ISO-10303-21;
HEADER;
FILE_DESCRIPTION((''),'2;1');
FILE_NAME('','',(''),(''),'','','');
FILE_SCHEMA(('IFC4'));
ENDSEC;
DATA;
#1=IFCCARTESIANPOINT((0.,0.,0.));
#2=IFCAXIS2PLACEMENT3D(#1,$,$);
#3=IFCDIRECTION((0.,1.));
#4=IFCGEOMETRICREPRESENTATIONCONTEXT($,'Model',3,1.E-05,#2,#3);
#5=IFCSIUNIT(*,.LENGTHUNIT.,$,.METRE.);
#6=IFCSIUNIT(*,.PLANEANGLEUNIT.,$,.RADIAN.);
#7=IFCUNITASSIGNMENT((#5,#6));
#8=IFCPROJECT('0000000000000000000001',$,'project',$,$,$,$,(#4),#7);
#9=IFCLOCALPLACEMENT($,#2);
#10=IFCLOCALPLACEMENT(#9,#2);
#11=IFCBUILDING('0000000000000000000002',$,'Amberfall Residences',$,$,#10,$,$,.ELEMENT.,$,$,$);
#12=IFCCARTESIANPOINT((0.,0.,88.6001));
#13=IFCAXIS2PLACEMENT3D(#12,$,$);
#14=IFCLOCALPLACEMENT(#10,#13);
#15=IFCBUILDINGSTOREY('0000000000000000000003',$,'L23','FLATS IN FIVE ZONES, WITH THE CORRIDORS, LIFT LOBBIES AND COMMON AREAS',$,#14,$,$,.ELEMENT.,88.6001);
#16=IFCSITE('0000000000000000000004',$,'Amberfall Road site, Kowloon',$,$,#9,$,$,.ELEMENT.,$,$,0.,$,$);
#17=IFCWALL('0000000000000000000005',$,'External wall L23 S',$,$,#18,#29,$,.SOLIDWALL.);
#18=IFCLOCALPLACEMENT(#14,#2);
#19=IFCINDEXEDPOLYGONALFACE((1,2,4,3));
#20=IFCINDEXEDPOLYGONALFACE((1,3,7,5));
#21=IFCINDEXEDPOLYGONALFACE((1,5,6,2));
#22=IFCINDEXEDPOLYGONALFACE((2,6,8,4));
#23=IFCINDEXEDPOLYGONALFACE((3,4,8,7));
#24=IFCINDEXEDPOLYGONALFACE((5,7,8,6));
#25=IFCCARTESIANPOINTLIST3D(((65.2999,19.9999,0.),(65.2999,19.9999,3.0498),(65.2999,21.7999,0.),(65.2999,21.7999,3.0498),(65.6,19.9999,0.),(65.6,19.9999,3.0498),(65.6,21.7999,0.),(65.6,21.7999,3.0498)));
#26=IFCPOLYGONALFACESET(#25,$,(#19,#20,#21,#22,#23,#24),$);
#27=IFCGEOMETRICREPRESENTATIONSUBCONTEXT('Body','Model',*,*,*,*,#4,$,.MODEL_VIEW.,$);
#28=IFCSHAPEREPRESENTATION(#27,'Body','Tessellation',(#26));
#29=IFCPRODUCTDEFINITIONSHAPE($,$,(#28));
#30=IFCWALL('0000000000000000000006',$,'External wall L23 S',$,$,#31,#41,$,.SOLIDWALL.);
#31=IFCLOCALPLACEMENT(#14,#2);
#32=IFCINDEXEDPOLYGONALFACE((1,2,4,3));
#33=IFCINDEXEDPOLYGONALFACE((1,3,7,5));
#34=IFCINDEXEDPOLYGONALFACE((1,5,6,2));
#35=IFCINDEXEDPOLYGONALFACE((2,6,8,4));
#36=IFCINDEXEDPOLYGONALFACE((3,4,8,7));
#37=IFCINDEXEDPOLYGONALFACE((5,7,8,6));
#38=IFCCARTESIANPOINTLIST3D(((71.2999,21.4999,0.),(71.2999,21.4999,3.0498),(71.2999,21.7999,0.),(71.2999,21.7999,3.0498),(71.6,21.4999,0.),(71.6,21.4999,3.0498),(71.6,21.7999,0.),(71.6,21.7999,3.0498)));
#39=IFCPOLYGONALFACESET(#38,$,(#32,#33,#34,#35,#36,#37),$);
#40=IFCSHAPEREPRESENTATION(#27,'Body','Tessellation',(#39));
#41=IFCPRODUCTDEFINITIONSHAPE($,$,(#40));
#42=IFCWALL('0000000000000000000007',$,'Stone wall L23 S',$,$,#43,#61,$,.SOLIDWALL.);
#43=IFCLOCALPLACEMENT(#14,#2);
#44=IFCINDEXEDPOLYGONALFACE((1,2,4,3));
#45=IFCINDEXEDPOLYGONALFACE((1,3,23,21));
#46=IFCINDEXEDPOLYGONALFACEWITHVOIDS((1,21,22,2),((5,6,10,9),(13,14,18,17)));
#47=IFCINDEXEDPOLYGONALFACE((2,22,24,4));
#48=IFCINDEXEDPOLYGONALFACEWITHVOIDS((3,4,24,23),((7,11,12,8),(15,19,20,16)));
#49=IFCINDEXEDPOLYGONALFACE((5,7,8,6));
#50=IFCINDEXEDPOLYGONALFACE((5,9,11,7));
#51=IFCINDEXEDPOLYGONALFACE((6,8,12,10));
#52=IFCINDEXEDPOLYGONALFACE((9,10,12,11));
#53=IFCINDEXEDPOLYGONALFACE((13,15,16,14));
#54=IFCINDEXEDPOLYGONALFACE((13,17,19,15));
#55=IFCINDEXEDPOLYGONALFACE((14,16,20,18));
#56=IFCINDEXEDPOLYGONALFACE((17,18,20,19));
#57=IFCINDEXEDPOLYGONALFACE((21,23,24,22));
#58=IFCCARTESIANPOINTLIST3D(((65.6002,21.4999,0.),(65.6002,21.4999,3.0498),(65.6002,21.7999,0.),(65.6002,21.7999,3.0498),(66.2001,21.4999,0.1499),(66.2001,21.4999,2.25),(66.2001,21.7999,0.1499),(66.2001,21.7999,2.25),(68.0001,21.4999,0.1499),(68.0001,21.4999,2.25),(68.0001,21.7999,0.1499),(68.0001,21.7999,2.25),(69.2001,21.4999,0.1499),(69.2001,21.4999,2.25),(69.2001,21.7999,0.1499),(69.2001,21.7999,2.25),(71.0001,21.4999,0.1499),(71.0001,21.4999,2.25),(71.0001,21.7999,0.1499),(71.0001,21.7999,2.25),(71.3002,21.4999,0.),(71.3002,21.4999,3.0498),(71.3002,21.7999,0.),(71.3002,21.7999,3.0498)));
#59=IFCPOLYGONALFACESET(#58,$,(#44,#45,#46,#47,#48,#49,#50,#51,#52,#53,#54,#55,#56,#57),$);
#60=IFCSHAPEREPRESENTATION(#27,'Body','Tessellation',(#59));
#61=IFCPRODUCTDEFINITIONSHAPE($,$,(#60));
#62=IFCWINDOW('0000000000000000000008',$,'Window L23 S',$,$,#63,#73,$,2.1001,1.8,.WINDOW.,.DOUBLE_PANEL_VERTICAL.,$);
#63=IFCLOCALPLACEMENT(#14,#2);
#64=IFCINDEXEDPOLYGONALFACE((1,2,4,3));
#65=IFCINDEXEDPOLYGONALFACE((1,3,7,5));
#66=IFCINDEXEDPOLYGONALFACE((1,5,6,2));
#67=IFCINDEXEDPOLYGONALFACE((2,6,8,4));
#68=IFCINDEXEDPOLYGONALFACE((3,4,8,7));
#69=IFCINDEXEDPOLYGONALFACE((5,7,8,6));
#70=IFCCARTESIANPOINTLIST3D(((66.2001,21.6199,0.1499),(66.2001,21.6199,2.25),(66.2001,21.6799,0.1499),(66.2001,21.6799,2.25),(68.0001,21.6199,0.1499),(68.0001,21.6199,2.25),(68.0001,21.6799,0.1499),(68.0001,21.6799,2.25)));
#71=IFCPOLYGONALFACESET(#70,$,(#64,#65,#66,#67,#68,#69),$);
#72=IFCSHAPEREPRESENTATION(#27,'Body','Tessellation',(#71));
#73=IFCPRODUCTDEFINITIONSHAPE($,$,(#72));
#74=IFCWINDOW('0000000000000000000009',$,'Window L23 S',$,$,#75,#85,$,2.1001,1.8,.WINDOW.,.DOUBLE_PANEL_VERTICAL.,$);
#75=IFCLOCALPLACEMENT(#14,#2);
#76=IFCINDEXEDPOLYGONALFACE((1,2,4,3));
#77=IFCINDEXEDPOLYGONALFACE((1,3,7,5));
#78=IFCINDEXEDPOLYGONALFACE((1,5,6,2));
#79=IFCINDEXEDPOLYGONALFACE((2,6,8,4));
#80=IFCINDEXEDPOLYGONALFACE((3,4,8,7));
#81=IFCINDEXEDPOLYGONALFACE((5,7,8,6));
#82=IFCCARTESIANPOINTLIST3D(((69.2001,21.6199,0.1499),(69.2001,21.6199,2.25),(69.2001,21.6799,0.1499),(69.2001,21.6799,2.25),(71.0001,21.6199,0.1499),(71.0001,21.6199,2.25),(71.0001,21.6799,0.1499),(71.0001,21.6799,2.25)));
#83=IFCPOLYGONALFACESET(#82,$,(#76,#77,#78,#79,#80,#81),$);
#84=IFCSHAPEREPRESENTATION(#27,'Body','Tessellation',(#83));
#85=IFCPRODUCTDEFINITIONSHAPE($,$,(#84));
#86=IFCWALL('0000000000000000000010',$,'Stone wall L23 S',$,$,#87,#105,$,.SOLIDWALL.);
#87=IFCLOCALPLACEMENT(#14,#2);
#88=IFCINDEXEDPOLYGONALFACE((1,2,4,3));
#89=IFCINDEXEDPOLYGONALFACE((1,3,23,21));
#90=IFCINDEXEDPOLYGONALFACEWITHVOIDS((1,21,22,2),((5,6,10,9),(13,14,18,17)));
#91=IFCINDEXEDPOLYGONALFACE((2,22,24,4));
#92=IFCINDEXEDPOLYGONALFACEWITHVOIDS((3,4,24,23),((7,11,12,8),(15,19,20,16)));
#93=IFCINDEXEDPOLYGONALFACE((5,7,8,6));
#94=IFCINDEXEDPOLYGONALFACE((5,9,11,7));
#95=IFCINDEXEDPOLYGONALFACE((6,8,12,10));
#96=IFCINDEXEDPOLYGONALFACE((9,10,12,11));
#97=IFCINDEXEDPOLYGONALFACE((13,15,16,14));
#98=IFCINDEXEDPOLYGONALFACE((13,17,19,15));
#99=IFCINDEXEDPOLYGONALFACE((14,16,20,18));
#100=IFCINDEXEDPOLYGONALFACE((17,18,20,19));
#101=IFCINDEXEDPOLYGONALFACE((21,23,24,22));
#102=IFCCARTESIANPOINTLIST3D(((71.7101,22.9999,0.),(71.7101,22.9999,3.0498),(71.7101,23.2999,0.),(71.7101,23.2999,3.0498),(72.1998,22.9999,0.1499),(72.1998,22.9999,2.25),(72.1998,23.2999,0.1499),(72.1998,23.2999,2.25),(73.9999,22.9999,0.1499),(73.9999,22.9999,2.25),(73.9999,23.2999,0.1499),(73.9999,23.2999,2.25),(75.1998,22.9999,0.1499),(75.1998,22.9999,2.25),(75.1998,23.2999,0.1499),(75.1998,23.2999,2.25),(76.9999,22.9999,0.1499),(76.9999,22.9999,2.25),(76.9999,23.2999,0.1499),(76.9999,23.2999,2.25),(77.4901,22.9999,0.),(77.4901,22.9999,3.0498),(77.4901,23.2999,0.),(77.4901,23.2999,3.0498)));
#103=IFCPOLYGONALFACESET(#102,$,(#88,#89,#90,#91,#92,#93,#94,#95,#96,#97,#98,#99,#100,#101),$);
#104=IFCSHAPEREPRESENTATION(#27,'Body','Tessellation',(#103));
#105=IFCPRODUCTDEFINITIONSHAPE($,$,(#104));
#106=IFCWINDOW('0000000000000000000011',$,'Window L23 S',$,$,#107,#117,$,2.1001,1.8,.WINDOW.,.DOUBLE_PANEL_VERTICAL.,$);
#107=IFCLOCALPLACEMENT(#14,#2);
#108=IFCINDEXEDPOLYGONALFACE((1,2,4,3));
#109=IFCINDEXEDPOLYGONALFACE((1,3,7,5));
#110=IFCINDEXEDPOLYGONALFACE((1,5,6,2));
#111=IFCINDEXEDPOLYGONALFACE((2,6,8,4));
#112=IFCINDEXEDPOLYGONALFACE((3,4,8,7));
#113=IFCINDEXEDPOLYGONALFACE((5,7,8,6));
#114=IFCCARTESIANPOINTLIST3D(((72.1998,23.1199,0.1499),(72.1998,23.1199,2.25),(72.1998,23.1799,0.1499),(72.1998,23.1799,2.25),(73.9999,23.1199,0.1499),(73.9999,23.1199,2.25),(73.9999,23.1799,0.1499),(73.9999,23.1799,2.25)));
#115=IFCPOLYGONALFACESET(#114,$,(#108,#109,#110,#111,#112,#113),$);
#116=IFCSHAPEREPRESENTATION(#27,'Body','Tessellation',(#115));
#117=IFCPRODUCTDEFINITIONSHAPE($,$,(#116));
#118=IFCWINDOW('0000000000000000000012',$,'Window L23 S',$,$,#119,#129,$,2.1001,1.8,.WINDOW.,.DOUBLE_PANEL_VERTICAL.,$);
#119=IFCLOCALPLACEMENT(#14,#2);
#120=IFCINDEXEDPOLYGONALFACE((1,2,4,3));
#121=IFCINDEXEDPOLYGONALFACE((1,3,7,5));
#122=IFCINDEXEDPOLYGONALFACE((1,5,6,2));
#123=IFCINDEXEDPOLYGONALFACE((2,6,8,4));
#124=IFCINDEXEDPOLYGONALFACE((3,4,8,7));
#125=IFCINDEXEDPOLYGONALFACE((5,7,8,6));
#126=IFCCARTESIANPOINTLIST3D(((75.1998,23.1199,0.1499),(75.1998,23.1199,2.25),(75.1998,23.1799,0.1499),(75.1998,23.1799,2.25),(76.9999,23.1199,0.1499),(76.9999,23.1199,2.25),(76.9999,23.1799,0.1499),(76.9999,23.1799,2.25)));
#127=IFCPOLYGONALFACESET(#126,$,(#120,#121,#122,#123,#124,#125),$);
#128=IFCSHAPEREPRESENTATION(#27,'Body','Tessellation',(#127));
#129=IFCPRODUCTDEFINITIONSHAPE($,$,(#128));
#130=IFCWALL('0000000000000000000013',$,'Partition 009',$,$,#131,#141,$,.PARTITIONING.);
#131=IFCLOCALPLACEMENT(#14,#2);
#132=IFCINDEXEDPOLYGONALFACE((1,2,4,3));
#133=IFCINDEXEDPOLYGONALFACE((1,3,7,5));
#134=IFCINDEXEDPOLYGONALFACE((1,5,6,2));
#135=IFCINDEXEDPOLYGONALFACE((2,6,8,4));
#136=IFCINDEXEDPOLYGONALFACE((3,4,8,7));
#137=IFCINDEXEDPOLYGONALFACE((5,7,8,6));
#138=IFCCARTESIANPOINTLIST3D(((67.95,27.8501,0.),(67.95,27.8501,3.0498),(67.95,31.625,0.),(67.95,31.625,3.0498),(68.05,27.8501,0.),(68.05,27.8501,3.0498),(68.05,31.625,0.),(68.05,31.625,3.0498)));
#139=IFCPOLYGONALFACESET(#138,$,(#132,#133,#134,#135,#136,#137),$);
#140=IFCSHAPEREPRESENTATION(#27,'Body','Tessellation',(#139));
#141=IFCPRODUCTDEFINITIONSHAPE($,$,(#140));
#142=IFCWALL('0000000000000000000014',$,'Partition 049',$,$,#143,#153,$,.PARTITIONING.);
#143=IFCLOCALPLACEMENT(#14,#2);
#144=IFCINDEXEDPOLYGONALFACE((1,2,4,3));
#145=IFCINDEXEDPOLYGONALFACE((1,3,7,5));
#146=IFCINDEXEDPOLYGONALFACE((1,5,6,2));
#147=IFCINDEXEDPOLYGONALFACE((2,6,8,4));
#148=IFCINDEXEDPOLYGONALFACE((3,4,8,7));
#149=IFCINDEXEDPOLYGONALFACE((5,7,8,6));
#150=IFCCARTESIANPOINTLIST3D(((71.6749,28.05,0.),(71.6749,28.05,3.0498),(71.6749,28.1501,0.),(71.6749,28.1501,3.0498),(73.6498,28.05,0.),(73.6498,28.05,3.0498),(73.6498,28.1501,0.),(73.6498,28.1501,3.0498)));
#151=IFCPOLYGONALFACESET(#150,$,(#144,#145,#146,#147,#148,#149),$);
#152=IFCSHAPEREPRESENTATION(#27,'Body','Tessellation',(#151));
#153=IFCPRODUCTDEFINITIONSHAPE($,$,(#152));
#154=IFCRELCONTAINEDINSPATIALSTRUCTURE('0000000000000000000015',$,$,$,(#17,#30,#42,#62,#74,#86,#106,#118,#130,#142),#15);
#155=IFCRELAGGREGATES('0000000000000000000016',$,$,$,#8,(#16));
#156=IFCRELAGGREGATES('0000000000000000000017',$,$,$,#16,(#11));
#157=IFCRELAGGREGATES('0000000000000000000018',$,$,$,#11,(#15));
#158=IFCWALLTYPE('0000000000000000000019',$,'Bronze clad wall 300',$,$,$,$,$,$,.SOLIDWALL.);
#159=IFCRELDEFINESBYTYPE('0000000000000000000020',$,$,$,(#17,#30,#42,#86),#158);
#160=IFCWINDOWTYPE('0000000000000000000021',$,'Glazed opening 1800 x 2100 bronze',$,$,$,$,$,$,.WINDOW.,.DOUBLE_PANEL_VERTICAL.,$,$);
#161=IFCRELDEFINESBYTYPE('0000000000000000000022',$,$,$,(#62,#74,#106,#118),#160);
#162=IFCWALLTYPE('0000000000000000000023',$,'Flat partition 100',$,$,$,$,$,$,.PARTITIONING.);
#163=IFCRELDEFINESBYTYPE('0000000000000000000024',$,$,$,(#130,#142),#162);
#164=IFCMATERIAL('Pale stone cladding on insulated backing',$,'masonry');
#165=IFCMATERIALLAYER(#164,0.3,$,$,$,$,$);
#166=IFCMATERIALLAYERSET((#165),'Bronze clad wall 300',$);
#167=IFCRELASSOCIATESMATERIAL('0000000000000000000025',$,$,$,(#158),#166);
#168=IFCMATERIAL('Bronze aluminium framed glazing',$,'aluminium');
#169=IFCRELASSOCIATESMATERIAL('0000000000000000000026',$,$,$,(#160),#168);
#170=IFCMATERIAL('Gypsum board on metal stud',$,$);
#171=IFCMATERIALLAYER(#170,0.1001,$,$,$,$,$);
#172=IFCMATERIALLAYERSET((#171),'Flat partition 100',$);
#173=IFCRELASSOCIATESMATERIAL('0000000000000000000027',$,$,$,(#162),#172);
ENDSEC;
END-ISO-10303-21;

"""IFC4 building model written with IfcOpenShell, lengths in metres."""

from ifc_helpers import new_model, si_unit, direction, frame, frame_2d, origin, place, context, subcontext, project, spatial, rectangle, extrude, material, layer, layer_set, type_object, element, fill, save


model = new_model("IFC4")

# Units and contexts
model_context = context("Model", 3, precision=1e-05, world=origin(), true_north=direction((0.0, 1.0)))
body_context = subcontext(model_context, "Body", "Model", "MODEL_VIEW")
ifc_project = project(units=[si_unit("LENGTHUNIT", "METRE"), si_unit("PLANEANGLEUNIT", "RADIAN")], contexts=[model_context])

# Site, building, storey
site_placement = place(None, origin())
site = spatial("IfcSite", under=ifc_project, at=site_placement, Name="Amberfall Road site, Kowloon", CompositionType="ELEMENT", RefElevation=0.0)
building_placement = place(site_placement, origin())
building = spatial("IfcBuilding", under=site, at=building_placement, Name="Amberfall Residences", CompositionType="ELEMENT")
storey_placement = place(building_placement, frame((0.0, 0.0, 88.6001)))
storey = spatial("IfcBuildingStorey", under=building, at=storey_placement, Name="L23", Description="FLATS IN FIVE ZONES, WITH THE CORRIDORS, LIFT LOBBIES AND COMMON AREAS", CompositionType="ELEMENT", Elevation=88.6001)

# Walls
ifc_material_1 = material(Name="Pale stone cladding on insulated backing", Category="masonry")
ifc_layer_1 = layer(ifc_material_1, 0.3)
ifc_layer_set_1 = layer_set([ifc_layer_1], Name="Bronze clad wall 300")
wall_type_1 = type_object("IfcWallType", Name="Bronze clad wall 300", PredefinedType="SOLIDWALL", material=ifc_layer_set_1)
wall_1_placement = place(storey_placement, frame((65.45, 20.0, 0.0), z_axis=(0.0, 0.0, 1.0), x_axis=(0.0, 1.0, 0.0)))
element("IfcWall", 1, at=wall_1_placement, inside=storey, type_object=wall_type_1, Name="External wall L23 S", PredefinedType="SOLIDWALL", context=body_context, shape_type="SweptSolid", body=[
    extrude(rectangle(XDim=1.8, YDim=0.3, at=frame_2d((0.8999, 0.0))), origin(), (0.0, 0.0, 1.0), 3.0498),
])
wall_2_placement = place(storey_placement, frame((71.45, 21.5, 0.0), z_axis=(0.0, 0.0, 1.0), x_axis=(0.0, 1.0, 0.0)))
element("IfcWall", 2, at=wall_2_placement, inside=storey, type_object=wall_type_1, Name="External wall L23 S", PredefinedType="SOLIDWALL", context=body_context, shape_type="SweptSolid", body=[
    extrude(rectangle(XDim=0.3, YDim=0.3, at=frame_2d((0.1499, 0.0))), origin(), (0.0, 0.0, 1.0), 3.0498),
])

# Walls, openings, windows
wall_3_placement = place(storey_placement, frame((65.6001, 21.6499, 0.0), z_axis=(0.0, 0.0, 1.0), x_axis=(1.0, 0.0, 0.0)))
wall_3 = element("IfcWall", 3, at=wall_3_placement, inside=storey, type_object=wall_type_1, Name="Stone wall L23 S", PredefinedType="SOLIDWALL", context=body_context, shape_type="SweptSolid", body=[
    extrude(rectangle(XDim=5.7, YDim=0.3, at=frame_2d((2.8501, 0.0))), origin(), (0.0, 0.0, 1.0), 3.0498),
])
opening_1_placement = place(wall_3_placement, frame((0.6001, 0.0, 0.1499)))
opening_1 = element("IfcOpeningElement", 4, at=opening_1_placement, cuts=wall_3, PredefinedType="OPENING", context=body_context, shape_type="SweptSolid", body=[
    extrude(rectangle(XDim=1.8, YDim=2.1001, at=frame_2d((0.8999, 1.05))), frame((0.0, 0.1599, 0.0), z_axis=(0.0, -1.0, 0.0), x_axis=(1.0, 0.0, 0.0)), (0.0, 0.0, 1.0), 0.3201),
])
opening_2_placement = place(wall_3_placement, frame((3.6001, 0.0, 0.1499)))
opening_2 = element("IfcOpeningElement", 5, at=opening_2_placement, cuts=wall_3, PredefinedType="OPENING", context=body_context, shape_type="SweptSolid", body=[
    extrude(rectangle(XDim=1.8, YDim=2.1001, at=frame_2d((0.8999, 1.05))), frame((0.0, 0.1599, 0.0), z_axis=(0.0, -1.0, 0.0), x_axis=(1.0, 0.0, 0.0)), (0.0, 0.0, 1.0), 0.3201),
])
ifc_material_2 = material(Name="Bronze aluminium framed glazing", Category="aluminium")
window_type = type_object("IfcWindowType", Name="Glazed opening 1800 x 2100 bronze", PartitioningType="DOUBLE_PANEL_VERTICAL", PredefinedType="WINDOW", material=ifc_material_2)
window_1_placement = place(opening_1_placement, origin())
window_1 = element("IfcWindow", 6, at=window_1_placement, inside=storey, type_object=window_type, Name="Window L23 S", OverallHeight=2.1001, OverallWidth=1.8, PartitioningType="DOUBLE_PANEL_VERTICAL", PredefinedType="WINDOW", context=body_context, shape_type="SweptSolid", body=[
    extrude(rectangle(XDim=1.8, YDim=2.1001, at=frame_2d((0.8999, 1.05))), frame((0.0, 0.03, 0.0), z_axis=(0.0, -1.0, 0.0), x_axis=(1.0, 0.0, 0.0)), (0.0, 0.0, 1.0), 0.0601),
])
fill(opening_1, window_1)
window_2_placement = place(opening_2_placement, origin())
window_2 = element("IfcWindow", 7, at=window_2_placement, inside=storey, type_object=window_type, Name="Window L23 S", OverallHeight=2.1001, OverallWidth=1.8, PartitioningType="DOUBLE_PANEL_VERTICAL", PredefinedType="WINDOW", context=body_context, shape_type="SweptSolid", body=[
    extrude(rectangle(XDim=1.8, YDim=2.1001, at=frame_2d((0.8999, 1.05))), frame((0.0, 0.03, 0.0), z_axis=(0.0, -1.0, 0.0), x_axis=(1.0, 0.0, 0.0)), (0.0, 0.0, 1.0), 0.0601),
])
fill(opening_2, window_2)
wall_4_placement = place(storey_placement, frame((71.71, 23.1499, 0.0), z_axis=(0.0, 0.0, 1.0), x_axis=(1.0, 0.0, 0.0)))
wall_4 = element("IfcWall", 8, at=wall_4_placement, inside=storey, type_object=wall_type_1, Name="Stone wall L23 S", PredefinedType="SOLIDWALL", context=body_context, shape_type="SweptSolid", body=[
    extrude(rectangle(XDim=5.78, YDim=0.3, at=frame_2d((2.8901, 0.0))), origin(), (0.0, 0.0, 1.0), 3.0498),
])
opening_3_placement = place(wall_4_placement, frame((0.49, 0.0, 0.1499)))
opening_3 = element("IfcOpeningElement", 9, at=opening_3_placement, cuts=wall_4, PredefinedType="OPENING", context=body_context, shape_type="SweptSolid", body=[
    extrude(rectangle(XDim=1.8, YDim=2.1001, at=frame_2d((0.8999, 1.05))), frame((0.0, 0.1599, 0.0), z_axis=(0.0, -1.0, 0.0), x_axis=(1.0, 0.0, 0.0)), (0.0, 0.0, 1.0), 0.3201),
])
opening_4_placement = place(wall_4_placement, frame((3.49, 0.0, 0.1499)))
opening_4 = element("IfcOpeningElement", 10, at=opening_4_placement, cuts=wall_4, PredefinedType="OPENING", context=body_context, shape_type="SweptSolid", body=[
    extrude(rectangle(XDim=1.8, YDim=2.1001, at=frame_2d((0.8999, 1.05))), frame((0.0, 0.1599, 0.0), z_axis=(0.0, -1.0, 0.0), x_axis=(1.0, 0.0, 0.0)), (0.0, 0.0, 1.0), 0.3201),
])
window_3_placement = place(opening_3_placement, origin())
window_3 = element("IfcWindow", 11, at=window_3_placement, inside=storey, type_object=window_type, Name="Window L23 S", OverallHeight=2.1001, OverallWidth=1.8, PartitioningType="DOUBLE_PANEL_VERTICAL", PredefinedType="WINDOW", context=body_context, shape_type="SweptSolid", body=[
    extrude(rectangle(XDim=1.8, YDim=2.1001, at=frame_2d((0.8999, 1.05))), frame((0.0, 0.03, 0.0), z_axis=(0.0, -1.0, 0.0), x_axis=(1.0, 0.0, 0.0)), (0.0, 0.0, 1.0), 0.0601),
])
fill(opening_3, window_3)
window_4_placement = place(opening_4_placement, origin())
window_4 = element("IfcWindow", 12, at=window_4_placement, inside=storey, type_object=window_type, Name="Window L23 S", OverallHeight=2.1001, OverallWidth=1.8, PartitioningType="DOUBLE_PANEL_VERTICAL", PredefinedType="WINDOW", context=body_context, shape_type="SweptSolid", body=[
    extrude(rectangle(XDim=1.8, YDim=2.1001, at=frame_2d((0.8999, 1.05))), frame((0.0, 0.03, 0.0), z_axis=(0.0, -1.0, 0.0), x_axis=(1.0, 0.0, 0.0)), (0.0, 0.0, 1.0), 0.0601),
])
fill(opening_4, window_4)

# Walls
ifc_material_3 = material(Name="Gypsum board on metal stud")
ifc_layer_2 = layer(ifc_material_3, 0.1001)
ifc_layer_set_2 = layer_set([ifc_layer_2], Name="Flat partition 100")
wall_type_2 = type_object("IfcWallType", Name="Flat partition 100", PredefinedType="PARTITIONING", material=ifc_layer_set_2)
wall_5_placement = place(storey_placement, frame((68.0, 27.8501, 0.0), z_axis=(0.0, 0.0, 1.0), x_axis=(0.0, 1.0, 0.0)))
element("IfcWall", 13, at=wall_5_placement, inside=storey, type_object=wall_type_2, Name="Partition 009", PredefinedType="PARTITIONING", context=body_context, shape_type="SweptSolid", body=[
    extrude(rectangle(XDim=3.7749, YDim=0.1001, at=frame_2d((1.8875, 0.0))), origin(), (0.0, 0.0, 1.0), 3.0498),
])
wall_6_placement = place(storey_placement, frame((71.675, 28.1001, 0.0), z_axis=(0.0, 0.0, 1.0), x_axis=(1.0, 0.0, 0.0)))
element("IfcWall", 14, at=wall_6_placement, inside=storey, type_object=wall_type_2, Name="Partition 049", PredefinedType="PARTITIONING", context=body_context, shape_type="SweptSolid", body=[
    extrude(rectangle(XDim=1.9749, YDim=0.1001, at=frame_2d((0.9873, 0.0))), origin(), (0.0, 0.0, 1.0), 3.0498),
])

save(model, "model.ifc")
